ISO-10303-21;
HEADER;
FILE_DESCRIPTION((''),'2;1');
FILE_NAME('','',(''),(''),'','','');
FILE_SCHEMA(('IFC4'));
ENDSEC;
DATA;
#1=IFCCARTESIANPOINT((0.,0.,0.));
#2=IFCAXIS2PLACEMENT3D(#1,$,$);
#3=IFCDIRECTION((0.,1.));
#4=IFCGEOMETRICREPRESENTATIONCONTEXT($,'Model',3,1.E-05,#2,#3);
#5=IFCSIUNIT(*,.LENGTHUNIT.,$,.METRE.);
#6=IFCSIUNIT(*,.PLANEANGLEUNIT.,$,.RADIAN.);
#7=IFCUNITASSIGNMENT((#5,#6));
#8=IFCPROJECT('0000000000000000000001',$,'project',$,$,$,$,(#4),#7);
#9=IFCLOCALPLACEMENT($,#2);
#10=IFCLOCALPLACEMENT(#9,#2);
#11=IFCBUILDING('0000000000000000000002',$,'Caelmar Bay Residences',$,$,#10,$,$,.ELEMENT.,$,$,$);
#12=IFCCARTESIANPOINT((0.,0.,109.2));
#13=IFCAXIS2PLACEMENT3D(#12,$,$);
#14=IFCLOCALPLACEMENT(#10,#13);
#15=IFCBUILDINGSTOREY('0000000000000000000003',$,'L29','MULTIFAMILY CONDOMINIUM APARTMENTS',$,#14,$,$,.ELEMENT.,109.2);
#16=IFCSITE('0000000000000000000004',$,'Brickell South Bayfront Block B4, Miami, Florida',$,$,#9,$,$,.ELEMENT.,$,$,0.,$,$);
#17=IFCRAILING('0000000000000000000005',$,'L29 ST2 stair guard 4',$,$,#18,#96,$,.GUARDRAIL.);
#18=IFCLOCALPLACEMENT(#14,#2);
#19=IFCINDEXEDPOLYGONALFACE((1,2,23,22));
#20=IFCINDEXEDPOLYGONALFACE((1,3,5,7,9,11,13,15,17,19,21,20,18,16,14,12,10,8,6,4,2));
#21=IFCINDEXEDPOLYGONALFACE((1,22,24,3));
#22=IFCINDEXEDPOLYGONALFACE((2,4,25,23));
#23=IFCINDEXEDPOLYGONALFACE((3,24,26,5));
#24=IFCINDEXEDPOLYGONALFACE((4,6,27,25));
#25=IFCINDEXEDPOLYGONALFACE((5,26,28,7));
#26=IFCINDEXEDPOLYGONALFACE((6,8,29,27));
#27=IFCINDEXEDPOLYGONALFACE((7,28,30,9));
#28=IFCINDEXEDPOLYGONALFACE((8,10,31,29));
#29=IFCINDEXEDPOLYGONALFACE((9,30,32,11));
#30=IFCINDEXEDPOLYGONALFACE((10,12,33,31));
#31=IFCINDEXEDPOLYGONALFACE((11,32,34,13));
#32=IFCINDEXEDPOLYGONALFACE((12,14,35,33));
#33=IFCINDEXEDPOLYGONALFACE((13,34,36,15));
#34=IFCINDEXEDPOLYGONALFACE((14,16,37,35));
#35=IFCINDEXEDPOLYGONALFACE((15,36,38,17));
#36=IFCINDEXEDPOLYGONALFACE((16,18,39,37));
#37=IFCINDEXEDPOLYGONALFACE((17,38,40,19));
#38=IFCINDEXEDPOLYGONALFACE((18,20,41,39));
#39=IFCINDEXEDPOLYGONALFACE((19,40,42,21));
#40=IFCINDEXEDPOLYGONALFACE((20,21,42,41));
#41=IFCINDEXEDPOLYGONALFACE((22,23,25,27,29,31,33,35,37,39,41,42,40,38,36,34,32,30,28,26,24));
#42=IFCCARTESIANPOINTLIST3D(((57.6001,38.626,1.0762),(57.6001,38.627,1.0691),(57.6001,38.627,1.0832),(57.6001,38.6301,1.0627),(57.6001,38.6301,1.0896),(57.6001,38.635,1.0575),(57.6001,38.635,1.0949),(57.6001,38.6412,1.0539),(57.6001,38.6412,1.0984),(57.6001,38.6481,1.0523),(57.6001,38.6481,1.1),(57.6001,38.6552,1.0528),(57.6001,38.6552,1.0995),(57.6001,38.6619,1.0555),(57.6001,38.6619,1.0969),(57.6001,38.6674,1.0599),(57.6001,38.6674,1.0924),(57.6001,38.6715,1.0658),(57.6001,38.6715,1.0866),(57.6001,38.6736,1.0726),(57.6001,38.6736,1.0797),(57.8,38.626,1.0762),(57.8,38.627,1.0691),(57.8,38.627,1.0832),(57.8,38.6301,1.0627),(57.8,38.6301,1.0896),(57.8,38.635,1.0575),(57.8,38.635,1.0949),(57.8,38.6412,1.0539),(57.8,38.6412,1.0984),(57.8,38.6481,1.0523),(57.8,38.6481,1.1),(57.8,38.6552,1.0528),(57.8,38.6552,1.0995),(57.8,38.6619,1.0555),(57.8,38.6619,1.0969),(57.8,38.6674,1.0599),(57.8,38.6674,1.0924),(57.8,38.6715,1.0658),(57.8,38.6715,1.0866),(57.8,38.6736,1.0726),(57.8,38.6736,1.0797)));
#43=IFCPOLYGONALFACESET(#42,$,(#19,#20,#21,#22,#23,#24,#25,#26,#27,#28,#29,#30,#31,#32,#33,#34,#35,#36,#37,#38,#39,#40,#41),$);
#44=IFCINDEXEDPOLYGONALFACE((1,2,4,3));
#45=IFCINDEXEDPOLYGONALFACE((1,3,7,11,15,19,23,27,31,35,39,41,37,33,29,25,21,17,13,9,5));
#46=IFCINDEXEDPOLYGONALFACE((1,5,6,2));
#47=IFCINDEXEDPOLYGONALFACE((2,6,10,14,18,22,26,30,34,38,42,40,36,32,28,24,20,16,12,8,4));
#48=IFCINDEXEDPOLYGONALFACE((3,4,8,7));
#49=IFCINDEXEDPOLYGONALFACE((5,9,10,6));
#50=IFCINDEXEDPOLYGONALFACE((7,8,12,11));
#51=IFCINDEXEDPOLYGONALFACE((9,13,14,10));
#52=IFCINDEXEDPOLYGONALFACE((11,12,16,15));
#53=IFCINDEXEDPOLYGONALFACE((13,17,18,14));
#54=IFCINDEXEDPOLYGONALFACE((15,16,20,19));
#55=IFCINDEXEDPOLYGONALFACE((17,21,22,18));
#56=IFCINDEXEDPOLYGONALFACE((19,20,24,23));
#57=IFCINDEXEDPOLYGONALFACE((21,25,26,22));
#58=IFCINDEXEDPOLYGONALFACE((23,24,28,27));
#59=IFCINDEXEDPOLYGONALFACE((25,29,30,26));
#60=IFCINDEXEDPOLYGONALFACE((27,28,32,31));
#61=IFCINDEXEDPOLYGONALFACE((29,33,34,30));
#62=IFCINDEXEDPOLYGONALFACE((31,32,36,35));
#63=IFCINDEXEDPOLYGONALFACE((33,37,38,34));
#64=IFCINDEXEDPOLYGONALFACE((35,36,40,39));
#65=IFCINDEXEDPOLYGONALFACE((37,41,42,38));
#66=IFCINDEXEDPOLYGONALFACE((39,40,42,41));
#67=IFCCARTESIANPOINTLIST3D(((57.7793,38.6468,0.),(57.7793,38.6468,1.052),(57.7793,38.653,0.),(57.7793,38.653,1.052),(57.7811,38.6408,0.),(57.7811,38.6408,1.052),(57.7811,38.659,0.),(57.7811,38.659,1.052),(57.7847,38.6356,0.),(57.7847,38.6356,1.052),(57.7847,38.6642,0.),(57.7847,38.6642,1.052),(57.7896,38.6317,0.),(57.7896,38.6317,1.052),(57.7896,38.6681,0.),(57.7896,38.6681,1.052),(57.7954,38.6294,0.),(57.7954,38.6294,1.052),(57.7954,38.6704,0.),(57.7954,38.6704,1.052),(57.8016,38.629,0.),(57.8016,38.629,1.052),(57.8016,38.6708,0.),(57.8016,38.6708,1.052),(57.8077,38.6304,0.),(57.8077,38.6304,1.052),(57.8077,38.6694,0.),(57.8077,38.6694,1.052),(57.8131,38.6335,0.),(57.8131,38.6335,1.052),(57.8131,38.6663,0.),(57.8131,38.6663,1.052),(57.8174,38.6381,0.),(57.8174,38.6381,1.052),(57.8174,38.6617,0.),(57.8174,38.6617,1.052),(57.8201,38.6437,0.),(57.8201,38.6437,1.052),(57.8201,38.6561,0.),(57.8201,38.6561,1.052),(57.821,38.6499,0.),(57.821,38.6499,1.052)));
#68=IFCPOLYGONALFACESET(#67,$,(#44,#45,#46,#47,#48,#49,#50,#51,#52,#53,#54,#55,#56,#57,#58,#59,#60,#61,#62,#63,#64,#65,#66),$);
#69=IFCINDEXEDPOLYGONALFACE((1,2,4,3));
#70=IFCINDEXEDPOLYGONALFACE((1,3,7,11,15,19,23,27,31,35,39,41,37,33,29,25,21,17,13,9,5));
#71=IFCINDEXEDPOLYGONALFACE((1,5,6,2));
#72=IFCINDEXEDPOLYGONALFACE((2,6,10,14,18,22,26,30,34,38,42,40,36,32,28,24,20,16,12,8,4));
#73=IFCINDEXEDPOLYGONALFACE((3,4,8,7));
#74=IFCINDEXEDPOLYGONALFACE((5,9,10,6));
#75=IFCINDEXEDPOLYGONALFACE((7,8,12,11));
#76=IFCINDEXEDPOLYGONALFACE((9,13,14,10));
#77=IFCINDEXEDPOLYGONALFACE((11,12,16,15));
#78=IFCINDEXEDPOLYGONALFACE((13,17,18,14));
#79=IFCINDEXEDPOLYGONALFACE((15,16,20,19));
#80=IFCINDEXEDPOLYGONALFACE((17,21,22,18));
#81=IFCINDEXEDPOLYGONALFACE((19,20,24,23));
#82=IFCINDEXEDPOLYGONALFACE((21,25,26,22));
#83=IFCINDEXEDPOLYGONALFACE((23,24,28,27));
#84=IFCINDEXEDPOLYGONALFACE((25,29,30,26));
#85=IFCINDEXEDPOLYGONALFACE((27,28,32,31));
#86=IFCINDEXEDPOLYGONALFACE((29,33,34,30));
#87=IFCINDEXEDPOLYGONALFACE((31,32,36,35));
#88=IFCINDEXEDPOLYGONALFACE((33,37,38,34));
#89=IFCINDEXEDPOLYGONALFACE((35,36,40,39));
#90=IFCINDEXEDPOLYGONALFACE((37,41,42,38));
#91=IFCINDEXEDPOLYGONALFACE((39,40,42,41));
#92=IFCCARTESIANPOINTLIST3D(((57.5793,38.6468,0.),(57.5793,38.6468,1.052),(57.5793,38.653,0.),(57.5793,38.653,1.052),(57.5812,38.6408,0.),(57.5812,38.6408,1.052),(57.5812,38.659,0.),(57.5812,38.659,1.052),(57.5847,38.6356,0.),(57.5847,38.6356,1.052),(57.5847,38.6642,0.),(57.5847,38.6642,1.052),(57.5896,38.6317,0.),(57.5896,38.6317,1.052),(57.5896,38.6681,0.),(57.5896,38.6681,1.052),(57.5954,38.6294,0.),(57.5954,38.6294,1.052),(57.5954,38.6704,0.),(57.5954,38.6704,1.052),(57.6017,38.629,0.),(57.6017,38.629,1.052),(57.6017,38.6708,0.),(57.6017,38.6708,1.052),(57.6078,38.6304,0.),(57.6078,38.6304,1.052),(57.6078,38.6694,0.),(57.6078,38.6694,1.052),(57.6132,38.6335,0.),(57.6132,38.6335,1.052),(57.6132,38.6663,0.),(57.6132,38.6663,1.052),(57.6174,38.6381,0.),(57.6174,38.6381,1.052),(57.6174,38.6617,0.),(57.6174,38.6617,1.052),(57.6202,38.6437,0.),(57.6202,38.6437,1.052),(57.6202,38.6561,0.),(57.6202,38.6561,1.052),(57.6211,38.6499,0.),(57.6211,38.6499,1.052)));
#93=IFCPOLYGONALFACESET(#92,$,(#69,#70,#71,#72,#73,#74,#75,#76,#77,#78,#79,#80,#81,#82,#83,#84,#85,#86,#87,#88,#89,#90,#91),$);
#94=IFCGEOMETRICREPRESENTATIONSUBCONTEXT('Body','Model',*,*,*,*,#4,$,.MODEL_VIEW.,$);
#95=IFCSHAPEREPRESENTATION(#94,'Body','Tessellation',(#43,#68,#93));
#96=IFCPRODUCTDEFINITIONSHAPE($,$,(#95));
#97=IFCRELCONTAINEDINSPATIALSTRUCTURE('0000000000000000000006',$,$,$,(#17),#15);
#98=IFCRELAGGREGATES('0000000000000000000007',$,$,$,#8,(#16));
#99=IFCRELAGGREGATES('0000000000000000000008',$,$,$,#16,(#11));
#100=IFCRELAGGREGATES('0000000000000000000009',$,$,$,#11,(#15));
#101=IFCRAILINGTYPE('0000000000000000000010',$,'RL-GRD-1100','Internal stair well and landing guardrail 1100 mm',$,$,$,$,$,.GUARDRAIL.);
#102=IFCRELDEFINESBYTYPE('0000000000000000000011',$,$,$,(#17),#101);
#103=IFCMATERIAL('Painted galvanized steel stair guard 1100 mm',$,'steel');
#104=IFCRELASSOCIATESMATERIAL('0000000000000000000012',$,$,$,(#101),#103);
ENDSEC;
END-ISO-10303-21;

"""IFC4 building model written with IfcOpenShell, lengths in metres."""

from ifc_helpers import new_model, si_unit, direction, frame, origin, origin_2d, place, context, subcontext, project, spatial, circle, extrude, material, type_object, element, save


model = new_model("IFC4")

# Units and contexts
model_context = context("Model", 3, precision=1e-05, world=origin(), true_north=direction((0.0, 1.0)))
body_context = subcontext(model_context, "Body", "Model", "MODEL_VIEW")
ifc_project = project(units=[si_unit("LENGTHUNIT", "METRE"), si_unit("PLANEANGLEUNIT", "RADIAN")], contexts=[model_context])

# Site, building, storey
site_placement = place(None, origin())
site = spatial("IfcSite", under=ifc_project, at=site_placement, Name="Brickell South Bayfront Block B4, Miami, Florida", CompositionType="ELEMENT", RefElevation=0.0)
building_placement = place(site_placement, origin())
building = spatial("IfcBuilding", under=site, at=building_placement, Name="Caelmar Bay Residences", CompositionType="ELEMENT")
storey_placement = place(building_placement, frame((0.0, 0.0, 109.2)))
storey = spatial("IfcBuildingStorey", under=building, at=storey_placement, Name="L29", Description="MULTIFAMILY CONDOMINIUM APARTMENTS", CompositionType="ELEMENT", Elevation=109.2)

# Railing
ifc_material_1 = material(Name="Painted galvanized steel stair guard 1100 mm", Category="steel")
railing_type_1 = type_object("IfcRailingType", Name="RL-GRD-1100", Description="Internal stair well and landing guardrail 1100 mm", PredefinedType="GUARDRAIL", material=ifc_material_1)
railing_1_placement = place(storey_placement, frame((57.8, 38.6499, 0.0)))
element("IfcRailing", 1, at=railing_1_placement, inside=storey, type_object=railing_type_1, Name="L29 ST2 stair guard 4", PredefinedType="GUARDRAIL", context=body_context, shape_type="SweptSolid", body=[
    extrude(circle(Radius=0.0239, at=origin_2d()), frame((0.0, 0.0, 1.0762), z_axis=(-1.0, 0.0, 0.0), x_axis=(0.0, -1.0, 0.0)), (0.0, 0.0, 1.0), 0.2),
    extrude(circle(Radius=0.021, at=origin_2d()), origin(), (0.0, 0.0, 1.0), 1.052),
    extrude(circle(Radius=0.021, at=origin_2d()), frame((-0.2, 0.0, 0.0)), (0.0, 0.0, 1.0), 1.052),
])

save(model, "model.ifc")
